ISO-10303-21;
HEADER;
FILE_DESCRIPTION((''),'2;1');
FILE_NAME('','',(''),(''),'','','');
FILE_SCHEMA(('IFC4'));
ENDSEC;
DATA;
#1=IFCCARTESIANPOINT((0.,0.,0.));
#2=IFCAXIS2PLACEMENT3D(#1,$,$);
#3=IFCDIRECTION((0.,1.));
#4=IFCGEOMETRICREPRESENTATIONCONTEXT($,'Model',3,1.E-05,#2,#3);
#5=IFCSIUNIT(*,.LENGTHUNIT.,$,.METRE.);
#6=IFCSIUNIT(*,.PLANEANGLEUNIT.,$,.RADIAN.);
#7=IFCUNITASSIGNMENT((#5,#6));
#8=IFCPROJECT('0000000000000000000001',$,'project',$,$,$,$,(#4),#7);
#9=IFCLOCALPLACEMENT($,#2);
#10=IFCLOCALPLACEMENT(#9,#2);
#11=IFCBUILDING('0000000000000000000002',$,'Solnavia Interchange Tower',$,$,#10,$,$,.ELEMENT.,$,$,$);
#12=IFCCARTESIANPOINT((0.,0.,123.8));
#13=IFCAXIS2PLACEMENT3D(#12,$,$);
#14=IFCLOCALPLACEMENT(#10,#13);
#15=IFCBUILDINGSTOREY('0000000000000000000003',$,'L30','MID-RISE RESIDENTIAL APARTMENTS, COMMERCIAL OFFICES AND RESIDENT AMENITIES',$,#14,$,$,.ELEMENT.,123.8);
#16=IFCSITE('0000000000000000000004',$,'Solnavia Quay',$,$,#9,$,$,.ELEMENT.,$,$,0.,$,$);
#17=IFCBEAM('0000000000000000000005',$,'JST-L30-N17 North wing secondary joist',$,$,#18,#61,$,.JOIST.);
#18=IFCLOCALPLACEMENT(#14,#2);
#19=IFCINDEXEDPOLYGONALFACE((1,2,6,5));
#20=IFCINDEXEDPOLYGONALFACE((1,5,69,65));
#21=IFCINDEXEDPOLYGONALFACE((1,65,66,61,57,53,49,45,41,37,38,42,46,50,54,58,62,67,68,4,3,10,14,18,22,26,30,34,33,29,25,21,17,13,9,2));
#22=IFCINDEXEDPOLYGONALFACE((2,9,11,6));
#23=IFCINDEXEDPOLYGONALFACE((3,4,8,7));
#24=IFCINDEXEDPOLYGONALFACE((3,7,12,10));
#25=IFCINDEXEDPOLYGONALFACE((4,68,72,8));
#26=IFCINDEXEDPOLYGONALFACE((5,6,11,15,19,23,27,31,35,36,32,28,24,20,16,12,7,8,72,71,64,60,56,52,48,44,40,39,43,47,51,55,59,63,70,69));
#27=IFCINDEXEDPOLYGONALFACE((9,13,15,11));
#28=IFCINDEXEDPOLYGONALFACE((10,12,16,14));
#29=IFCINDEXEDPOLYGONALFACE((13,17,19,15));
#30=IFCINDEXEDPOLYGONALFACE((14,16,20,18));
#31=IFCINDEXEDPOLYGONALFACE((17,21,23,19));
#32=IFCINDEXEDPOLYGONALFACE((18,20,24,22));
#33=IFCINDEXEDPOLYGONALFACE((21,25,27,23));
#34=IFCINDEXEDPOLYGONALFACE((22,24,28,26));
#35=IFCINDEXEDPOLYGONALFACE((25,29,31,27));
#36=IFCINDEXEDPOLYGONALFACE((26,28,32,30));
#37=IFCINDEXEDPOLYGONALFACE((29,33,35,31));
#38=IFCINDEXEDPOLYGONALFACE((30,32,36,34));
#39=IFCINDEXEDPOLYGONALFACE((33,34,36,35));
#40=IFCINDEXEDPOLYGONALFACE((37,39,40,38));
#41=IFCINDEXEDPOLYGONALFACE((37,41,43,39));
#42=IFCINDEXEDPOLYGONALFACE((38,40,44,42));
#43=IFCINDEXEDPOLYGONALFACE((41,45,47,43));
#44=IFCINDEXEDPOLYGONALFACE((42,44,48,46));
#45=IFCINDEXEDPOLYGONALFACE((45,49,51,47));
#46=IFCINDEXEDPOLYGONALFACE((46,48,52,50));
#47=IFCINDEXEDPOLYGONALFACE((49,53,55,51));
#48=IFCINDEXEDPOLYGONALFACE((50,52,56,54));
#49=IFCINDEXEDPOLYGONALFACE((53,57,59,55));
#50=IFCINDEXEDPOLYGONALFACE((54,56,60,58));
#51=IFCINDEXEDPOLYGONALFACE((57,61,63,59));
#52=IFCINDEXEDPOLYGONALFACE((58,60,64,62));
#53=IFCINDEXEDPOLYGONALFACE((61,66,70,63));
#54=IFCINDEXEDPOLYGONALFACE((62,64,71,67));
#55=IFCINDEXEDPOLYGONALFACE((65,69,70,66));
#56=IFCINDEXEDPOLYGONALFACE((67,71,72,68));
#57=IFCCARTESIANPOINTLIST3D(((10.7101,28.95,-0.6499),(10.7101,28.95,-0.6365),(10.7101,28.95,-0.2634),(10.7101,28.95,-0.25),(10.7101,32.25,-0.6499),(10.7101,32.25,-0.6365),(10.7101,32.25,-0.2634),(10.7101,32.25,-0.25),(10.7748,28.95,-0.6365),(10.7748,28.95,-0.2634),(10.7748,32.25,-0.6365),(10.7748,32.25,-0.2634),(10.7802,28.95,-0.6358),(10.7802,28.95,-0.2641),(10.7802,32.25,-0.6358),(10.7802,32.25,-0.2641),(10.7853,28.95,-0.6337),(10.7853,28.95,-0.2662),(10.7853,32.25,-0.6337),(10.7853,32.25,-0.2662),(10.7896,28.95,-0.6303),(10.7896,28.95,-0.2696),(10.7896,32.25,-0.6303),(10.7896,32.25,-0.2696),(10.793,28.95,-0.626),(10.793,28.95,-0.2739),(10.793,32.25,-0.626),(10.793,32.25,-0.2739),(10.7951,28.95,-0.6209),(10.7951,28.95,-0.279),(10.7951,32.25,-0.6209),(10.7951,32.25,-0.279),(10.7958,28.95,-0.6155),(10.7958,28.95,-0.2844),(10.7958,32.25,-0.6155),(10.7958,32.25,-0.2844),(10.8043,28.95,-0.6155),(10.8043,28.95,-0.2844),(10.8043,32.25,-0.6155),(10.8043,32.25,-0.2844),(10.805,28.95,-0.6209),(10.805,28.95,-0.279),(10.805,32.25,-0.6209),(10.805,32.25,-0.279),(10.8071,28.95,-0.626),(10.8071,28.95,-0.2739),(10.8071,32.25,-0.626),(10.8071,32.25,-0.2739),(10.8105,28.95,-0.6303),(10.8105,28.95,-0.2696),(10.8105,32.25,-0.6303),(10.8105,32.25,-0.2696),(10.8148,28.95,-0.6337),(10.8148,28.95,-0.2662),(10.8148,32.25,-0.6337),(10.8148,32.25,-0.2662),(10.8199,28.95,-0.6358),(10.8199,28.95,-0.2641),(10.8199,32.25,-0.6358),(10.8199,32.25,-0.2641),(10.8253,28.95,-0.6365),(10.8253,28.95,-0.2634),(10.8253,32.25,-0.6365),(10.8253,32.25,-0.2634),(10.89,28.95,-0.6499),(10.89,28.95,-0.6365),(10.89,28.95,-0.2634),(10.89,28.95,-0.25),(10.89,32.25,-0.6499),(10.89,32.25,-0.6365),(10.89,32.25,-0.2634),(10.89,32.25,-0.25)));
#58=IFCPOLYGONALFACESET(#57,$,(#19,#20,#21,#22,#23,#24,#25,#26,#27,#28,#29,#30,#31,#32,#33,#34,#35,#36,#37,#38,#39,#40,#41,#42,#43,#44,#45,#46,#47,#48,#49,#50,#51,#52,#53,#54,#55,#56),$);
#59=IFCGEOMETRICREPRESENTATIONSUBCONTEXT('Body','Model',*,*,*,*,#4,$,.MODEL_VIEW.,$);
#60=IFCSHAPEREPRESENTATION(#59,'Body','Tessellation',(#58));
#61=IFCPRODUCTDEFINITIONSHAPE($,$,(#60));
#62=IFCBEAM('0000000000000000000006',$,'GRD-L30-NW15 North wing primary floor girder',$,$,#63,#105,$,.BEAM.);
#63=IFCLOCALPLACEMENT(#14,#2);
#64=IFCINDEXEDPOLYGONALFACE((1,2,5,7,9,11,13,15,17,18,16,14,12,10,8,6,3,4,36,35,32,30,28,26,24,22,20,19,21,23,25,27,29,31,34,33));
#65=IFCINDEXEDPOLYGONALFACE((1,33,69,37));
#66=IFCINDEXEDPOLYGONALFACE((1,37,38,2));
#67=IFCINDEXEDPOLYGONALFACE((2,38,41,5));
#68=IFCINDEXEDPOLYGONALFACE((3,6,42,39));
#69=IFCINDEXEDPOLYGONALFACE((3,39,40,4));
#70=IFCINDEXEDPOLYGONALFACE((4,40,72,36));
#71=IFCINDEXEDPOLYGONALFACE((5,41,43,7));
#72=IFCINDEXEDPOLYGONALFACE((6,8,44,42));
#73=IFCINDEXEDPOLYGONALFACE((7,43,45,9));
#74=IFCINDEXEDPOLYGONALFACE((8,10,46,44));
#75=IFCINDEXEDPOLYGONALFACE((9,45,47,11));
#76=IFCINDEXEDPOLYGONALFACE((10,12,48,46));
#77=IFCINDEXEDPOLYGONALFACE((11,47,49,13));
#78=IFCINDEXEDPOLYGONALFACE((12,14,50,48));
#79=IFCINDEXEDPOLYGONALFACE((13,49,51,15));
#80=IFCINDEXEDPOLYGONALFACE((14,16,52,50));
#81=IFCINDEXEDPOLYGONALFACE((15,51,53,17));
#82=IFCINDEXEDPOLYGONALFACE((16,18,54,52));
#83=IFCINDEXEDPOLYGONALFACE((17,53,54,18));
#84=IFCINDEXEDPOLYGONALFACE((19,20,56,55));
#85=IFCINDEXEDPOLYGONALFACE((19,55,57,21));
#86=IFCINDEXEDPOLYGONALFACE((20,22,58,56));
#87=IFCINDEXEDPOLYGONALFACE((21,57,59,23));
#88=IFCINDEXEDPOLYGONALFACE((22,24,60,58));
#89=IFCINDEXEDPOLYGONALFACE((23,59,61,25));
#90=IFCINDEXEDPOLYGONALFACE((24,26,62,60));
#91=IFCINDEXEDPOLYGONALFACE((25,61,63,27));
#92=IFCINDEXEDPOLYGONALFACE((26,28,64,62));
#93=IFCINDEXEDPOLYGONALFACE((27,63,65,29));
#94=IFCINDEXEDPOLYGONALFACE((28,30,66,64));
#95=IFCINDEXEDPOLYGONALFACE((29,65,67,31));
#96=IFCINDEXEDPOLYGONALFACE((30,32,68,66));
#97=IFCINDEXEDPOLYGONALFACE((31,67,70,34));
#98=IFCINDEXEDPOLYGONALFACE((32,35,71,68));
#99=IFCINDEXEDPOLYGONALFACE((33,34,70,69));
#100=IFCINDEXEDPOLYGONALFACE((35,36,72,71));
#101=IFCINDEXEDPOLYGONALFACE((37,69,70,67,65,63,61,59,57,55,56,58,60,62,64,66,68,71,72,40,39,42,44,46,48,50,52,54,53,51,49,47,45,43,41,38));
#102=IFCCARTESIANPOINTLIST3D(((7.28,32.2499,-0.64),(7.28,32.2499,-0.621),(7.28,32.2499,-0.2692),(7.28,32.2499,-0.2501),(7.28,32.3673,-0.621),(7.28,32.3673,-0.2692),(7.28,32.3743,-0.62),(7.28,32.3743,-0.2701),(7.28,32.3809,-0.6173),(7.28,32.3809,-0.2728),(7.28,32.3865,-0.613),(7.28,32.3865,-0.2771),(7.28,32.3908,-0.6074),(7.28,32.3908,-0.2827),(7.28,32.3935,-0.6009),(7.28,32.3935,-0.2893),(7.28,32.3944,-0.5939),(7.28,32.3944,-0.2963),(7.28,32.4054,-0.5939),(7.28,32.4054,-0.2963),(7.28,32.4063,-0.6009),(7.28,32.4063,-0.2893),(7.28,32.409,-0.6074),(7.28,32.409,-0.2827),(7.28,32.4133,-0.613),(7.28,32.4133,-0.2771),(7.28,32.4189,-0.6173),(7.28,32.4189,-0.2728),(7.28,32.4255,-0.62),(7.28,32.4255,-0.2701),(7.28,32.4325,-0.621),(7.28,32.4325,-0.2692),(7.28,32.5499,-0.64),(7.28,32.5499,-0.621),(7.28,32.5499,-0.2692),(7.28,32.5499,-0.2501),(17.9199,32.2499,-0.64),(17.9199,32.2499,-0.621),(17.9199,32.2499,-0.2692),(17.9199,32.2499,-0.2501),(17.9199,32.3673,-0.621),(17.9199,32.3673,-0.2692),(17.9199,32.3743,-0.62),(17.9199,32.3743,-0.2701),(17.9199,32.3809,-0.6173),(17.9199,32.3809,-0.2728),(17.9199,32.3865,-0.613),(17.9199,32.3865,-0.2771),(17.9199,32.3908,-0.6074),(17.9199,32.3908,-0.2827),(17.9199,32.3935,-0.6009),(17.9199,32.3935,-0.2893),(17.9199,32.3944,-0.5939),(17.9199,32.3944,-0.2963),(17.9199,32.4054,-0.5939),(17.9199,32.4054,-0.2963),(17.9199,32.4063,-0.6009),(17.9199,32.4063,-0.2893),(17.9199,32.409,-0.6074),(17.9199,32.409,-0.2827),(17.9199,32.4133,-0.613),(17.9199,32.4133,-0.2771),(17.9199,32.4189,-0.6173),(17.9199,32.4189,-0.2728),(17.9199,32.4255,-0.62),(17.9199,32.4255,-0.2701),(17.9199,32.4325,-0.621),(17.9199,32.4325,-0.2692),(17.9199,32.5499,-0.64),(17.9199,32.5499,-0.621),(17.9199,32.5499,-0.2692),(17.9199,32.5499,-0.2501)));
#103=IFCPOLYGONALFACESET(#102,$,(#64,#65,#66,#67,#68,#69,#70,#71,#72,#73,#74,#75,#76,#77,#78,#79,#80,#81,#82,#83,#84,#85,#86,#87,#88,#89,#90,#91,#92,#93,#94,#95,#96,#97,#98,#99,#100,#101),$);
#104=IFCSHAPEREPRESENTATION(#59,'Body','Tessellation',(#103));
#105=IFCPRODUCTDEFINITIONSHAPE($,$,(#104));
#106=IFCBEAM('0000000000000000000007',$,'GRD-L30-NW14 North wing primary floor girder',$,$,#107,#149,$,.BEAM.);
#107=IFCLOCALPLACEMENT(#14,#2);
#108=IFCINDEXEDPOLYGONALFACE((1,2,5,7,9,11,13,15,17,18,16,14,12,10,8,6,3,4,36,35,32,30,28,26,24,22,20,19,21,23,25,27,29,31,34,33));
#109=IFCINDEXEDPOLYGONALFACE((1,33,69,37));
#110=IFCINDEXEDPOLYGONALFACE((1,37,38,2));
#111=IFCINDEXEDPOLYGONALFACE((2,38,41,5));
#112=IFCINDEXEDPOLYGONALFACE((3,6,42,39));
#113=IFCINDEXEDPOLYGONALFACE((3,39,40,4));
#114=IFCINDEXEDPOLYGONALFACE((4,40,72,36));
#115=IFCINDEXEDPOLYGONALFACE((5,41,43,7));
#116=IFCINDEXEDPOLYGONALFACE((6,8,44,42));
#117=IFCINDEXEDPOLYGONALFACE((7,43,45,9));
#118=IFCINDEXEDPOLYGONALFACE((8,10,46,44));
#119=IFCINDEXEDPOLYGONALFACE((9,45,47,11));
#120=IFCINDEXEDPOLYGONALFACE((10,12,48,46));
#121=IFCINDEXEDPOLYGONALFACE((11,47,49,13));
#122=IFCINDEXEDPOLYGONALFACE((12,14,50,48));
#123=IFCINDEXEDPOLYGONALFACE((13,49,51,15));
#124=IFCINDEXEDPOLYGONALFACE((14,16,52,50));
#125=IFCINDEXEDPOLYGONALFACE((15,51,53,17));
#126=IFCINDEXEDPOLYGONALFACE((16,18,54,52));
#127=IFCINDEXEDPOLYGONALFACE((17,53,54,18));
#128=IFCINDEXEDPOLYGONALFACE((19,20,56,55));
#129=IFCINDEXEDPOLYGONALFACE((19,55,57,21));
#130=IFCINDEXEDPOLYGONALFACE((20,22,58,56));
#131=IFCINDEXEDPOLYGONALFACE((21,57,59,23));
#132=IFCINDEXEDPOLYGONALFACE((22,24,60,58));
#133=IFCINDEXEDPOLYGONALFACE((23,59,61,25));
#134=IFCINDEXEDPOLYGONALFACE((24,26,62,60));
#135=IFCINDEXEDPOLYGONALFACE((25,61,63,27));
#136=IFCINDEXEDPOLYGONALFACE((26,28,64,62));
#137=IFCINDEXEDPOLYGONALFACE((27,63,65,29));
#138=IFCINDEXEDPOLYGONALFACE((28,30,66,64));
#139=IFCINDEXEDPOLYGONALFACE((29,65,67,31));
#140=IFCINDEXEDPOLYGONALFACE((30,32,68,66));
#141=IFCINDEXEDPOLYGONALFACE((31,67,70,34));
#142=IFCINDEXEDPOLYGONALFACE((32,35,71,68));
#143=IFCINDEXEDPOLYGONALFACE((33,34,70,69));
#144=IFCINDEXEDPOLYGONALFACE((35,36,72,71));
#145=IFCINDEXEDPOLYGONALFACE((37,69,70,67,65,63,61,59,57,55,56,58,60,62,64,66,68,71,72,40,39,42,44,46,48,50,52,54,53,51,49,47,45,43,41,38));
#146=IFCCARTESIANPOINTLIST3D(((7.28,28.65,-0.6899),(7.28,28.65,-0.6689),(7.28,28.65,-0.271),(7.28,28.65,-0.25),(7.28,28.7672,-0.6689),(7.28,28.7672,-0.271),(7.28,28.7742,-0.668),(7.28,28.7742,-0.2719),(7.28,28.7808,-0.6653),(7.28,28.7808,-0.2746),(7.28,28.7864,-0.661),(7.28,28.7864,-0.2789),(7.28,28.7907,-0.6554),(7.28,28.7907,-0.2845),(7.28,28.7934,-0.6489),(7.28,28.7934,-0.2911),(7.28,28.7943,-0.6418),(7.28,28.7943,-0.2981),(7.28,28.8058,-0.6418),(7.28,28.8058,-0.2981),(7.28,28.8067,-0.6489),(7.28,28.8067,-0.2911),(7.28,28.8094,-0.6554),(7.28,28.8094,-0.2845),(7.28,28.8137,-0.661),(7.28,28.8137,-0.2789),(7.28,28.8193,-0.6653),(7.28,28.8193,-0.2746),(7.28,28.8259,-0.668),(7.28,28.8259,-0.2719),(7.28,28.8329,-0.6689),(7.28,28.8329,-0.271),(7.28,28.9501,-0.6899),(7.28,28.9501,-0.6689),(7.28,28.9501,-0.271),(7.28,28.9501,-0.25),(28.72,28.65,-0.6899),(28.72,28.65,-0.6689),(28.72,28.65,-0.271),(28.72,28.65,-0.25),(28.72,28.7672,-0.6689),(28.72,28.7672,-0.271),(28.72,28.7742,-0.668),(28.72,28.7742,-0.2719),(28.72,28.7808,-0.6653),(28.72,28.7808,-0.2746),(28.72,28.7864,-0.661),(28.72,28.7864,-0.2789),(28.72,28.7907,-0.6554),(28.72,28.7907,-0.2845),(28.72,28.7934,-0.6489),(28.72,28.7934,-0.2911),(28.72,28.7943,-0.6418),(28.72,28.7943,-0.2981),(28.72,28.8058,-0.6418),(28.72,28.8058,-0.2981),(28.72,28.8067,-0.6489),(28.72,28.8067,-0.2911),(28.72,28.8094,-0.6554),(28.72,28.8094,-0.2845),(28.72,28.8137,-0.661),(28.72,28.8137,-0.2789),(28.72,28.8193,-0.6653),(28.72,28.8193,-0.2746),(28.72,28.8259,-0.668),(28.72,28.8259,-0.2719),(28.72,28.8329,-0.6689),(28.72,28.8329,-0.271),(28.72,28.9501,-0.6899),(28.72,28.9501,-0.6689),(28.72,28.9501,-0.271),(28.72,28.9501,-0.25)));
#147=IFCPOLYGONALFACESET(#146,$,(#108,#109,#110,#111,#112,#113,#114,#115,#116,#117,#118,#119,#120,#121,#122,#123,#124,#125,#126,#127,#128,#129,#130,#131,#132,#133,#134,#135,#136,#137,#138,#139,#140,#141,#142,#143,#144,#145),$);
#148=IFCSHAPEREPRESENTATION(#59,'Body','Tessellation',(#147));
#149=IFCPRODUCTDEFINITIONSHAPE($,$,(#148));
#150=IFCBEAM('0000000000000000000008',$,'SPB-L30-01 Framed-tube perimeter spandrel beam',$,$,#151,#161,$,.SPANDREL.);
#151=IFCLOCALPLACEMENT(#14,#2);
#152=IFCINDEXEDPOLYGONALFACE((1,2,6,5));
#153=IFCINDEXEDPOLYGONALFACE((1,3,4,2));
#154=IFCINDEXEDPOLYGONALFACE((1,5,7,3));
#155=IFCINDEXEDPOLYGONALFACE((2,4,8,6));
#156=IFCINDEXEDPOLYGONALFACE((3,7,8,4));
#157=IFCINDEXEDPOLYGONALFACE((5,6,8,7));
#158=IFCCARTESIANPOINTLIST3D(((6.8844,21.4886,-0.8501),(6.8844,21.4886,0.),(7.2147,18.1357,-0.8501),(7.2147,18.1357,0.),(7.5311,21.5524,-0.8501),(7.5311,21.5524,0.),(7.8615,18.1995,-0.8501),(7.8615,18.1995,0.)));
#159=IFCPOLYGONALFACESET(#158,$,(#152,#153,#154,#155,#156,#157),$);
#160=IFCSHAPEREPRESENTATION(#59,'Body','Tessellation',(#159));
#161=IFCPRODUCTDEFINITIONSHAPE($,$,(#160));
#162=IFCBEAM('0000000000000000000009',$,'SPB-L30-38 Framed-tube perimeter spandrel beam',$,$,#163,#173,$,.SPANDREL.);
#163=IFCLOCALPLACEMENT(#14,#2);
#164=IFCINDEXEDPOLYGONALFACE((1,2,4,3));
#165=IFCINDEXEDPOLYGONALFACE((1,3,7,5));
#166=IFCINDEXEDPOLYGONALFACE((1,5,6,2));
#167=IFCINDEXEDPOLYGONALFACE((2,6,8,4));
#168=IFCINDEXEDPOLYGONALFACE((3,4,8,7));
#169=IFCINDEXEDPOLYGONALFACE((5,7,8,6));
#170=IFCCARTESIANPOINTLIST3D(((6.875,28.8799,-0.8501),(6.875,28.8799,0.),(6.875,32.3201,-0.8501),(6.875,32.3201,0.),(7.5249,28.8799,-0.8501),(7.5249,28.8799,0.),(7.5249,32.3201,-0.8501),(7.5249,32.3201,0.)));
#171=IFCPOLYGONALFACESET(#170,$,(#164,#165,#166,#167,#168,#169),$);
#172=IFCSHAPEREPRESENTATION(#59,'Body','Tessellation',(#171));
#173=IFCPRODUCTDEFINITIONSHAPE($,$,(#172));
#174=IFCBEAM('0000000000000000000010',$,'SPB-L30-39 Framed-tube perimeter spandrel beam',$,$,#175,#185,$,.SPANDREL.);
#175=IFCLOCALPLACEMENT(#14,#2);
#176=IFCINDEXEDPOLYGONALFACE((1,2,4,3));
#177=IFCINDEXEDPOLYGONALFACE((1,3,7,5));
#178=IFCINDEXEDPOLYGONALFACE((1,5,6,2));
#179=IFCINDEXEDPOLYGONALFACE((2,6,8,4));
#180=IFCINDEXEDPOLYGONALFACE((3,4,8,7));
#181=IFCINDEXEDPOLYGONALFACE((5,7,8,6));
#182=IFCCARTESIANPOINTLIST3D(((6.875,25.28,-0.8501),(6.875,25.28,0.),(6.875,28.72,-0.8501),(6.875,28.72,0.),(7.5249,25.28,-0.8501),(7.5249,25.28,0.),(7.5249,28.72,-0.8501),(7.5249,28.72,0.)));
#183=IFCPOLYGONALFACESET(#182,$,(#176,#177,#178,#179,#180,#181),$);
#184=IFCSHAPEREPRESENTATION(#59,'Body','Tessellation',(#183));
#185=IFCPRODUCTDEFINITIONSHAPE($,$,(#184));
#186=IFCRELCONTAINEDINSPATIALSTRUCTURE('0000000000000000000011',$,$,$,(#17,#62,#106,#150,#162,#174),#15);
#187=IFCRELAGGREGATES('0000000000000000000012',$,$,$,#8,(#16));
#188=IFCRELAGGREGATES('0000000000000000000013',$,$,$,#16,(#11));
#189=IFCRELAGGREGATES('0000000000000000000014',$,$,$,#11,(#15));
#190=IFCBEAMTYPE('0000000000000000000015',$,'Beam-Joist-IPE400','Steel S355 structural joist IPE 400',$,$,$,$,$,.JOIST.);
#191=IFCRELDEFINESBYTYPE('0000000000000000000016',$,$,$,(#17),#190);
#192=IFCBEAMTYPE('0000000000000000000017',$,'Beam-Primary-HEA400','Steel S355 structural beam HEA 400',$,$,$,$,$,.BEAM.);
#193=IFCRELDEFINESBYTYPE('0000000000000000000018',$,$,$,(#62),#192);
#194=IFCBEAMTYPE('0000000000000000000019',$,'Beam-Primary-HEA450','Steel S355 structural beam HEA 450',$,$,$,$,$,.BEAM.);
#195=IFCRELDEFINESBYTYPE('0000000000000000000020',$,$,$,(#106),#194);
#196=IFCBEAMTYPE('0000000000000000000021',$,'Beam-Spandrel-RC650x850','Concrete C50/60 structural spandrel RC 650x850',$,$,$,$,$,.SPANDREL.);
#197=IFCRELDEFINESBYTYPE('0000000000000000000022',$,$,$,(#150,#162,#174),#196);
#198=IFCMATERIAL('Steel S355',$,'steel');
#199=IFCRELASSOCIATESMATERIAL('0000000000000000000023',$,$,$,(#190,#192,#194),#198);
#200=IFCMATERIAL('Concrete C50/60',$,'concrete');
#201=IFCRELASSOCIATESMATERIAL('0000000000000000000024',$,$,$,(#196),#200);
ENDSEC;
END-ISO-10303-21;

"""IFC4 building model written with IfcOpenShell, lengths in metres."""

from ifc_helpers import new_model, si_unit, direction, frame, origin, origin_2d, place, context, subcontext, project, spatial, rectangle, i_section, extrude, material, material_profile, profile_set, type_object, element, save


model = new_model("IFC4")

# Units and contexts
model_context = context("Model", 3, precision=1e-05, world=origin(), true_north=direction((0.0, 1.0)))
body_context = subcontext(model_context, "Body", "Model", "MODEL_VIEW")
ifc_project = project(units=[si_unit("LENGTHUNIT", "METRE"), si_unit("PLANEANGLEUNIT", "RADIAN")], contexts=[model_context])

# Site, building, storey
site_placement = place(None, origin())
site = spatial("IfcSite", under=ifc_project, at=site_placement, Name="Solnavia Quay", CompositionType="ELEMENT", RefElevation=0.0)
building_placement = place(site_placement, origin())
building = spatial("IfcBuilding", under=site, at=building_placement, Name="Solnavia Interchange Tower", CompositionType="ELEMENT")
storey_placement = place(building_placement, frame((0.0, 0.0, 123.8)))
storey = spatial("IfcBuildingStorey", under=building, at=storey_placement, Name="L30", Description="MID-RISE RESIDENTIAL APARTMENTS, COMMERCIAL OFFICES AND RESIDENT AMENITIES", CompositionType="ELEMENT", Elevation=123.8)

# Shared definitions
ifc_material_1 = material(Name="Concrete C50/60", Category="concrete")
ifc_material_2 = material(Name="Steel S355", Category="steel")

# Beams
ifc_material_profile_1 = material_profile(ifc_material_2, i_section(OverallWidth=0.1799, OverallDepth=0.3999, WebThickness=0.0085, FlangeThickness=0.0134, FilletRadius=0.021, at=origin_2d()), Name="IPE 400")
ifc_profile_set_1 = profile_set([ifc_material_profile_1], Name="Steel S355")
beam_type_1 = type_object("IfcBeamType", Name="Beam-Joist-IPE400", Description="Steel S355 structural joist IPE 400", PredefinedType="JOIST", material=ifc_profile_set_1)
beam_1_placement = place(storey_placement, frame((10.8, 28.95, -0.45), z_axis=(0.0, 1.0, 0.0), x_axis=(-1.0, 0.0, 0.0)))
element("IfcBeam", 1, at=beam_1_placement, inside=storey, type_object=beam_type_1, Name="JST-L30-N17 North wing secondary joist", PredefinedType="JOIST", context=body_context, shape_type="SweptSolid", body=[
    extrude(i_section(OverallWidth=0.1799, OverallDepth=0.3999, WebThickness=0.0085, FlangeThickness=0.0134, FilletRadius=0.021, at=origin_2d()), origin(), (0.0, 0.0, 1.0), 3.3),
])
ifc_material_profile_2 = material_profile(ifc_material_2, i_section(OverallWidth=0.3, OverallDepth=0.3899, WebThickness=0.011, FlangeThickness=0.019, FilletRadius=0.0271, at=origin_2d()), Name="HEA 400")
ifc_profile_set_2 = profile_set([ifc_material_profile_2], Name="Steel S355")
beam_type_2 = type_object("IfcBeamType", Name="Beam-Primary-HEA400", Description="Steel S355 structural beam HEA 400", PredefinedType="BEAM", material=ifc_profile_set_2)
beam_2_placement = place(storey_placement, frame((7.28, 32.3999, -0.4451), z_axis=(1.0, 0.0, 0.0), x_axis=(0.0, 1.0, 0.0)))
element("IfcBeam", 2, at=beam_2_placement, inside=storey, type_object=beam_type_2, Name="GRD-L30-NW15 North wing primary floor girder", PredefinedType="BEAM", context=body_context, shape_type="SweptSolid", body=[
    extrude(i_section(OverallWidth=0.3, OverallDepth=0.3899, WebThickness=0.011, FlangeThickness=0.019, FilletRadius=0.0271, at=origin_2d()), origin(), (0.0, 0.0, 1.0), 10.6399),
])
ifc_material_profile_3 = material_profile(ifc_material_2, i_section(OverallWidth=0.3, OverallDepth=0.4399, WebThickness=0.0115, FlangeThickness=0.021, FilletRadius=0.0271, at=origin_2d()), Name="HEA 450")
ifc_profile_set_3 = profile_set([ifc_material_profile_3], Name="Steel S355")
beam_type_3 = type_object("IfcBeamType", Name="Beam-Primary-HEA450", Description="Steel S355 structural beam HEA 450", PredefinedType="BEAM", material=ifc_profile_set_3)
beam_3_placement = place(storey_placement, frame((7.28, 28.8, -0.47), z_axis=(1.0, 0.0, 0.0), x_axis=(0.0, 1.0, 0.0)))
element("IfcBeam", 3, at=beam_3_placement, inside=storey, type_object=beam_type_3, Name="GRD-L30-NW14 North wing primary floor girder", PredefinedType="BEAM", context=body_context, shape_type="SweptSolid", body=[
    extrude(i_section(OverallWidth=0.3, OverallDepth=0.4399, WebThickness=0.0115, FlangeThickness=0.021, FilletRadius=0.0271, at=origin_2d()), origin(), (0.0, 0.0, 1.0), 21.4399),
])
ifc_material_profile_4 = material_profile(ifc_material_1, rectangle(XDim=0.6499, YDim=0.8501, at=origin_2d()), Name="RC 650x850")
ifc_profile_set_4 = profile_set([ifc_material_profile_4], Name="Concrete C50/60")
beam_type_4 = type_object("IfcBeamType", Name="Beam-Spandrel-RC650x850", Description="Concrete C50/60 structural spandrel RC 650x850", PredefinedType="SPANDREL", material=ifc_profile_set_4)
beam_4_placement = place(storey_placement, frame((7.2078, 21.5205, -0.425), z_axis=(0.09804, -0.995182, 0.0), x_axis=(0.995182, 0.09804, 0.0)))
element("IfcBeam", 4, at=beam_4_placement, inside=storey, type_object=beam_type_4, Name="SPB-L30-01 Framed-tube perimeter spandrel beam", PredefinedType="SPANDREL", context=body_context, shape_type="SweptSolid", body=[
    extrude(rectangle(XDim=0.6499, YDim=0.8501, at=origin_2d()), origin(), (0.0, 0.0, 1.0), 3.3691),
])
beam_5_placement = place(storey_placement, frame((7.2, 32.3201, -0.425), z_axis=(0.0, -1.0, 0.0), x_axis=(1.0, 0.0, 0.0)))
element("IfcBeam", 5, at=beam_5_placement, inside=storey, type_object=beam_type_4, Name="SPB-L30-38 Framed-tube perimeter spandrel beam", PredefinedType="SPANDREL", context=body_context, shape_type="SweptSolid", body=[
    extrude(rectangle(XDim=0.6499, YDim=0.8501, at=origin_2d()), origin(), (0.0, 0.0, 1.0), 3.4402),
])
beam_6_placement = place(storey_placement, frame((7.2, 28.72, -0.425), z_axis=(0.0, -1.0, 0.0), x_axis=(1.0, 0.0, 0.0)))
element("IfcBeam", 6, at=beam_6_placement, inside=storey, type_object=beam_type_4, Name="SPB-L30-39 Framed-tube perimeter spandrel beam", PredefinedType="SPANDREL", context=body_context, shape_type="SweptSolid", body=[
    extrude(rectangle(XDim=0.6499, YDim=0.8501, at=origin_2d()), origin(), (0.0, 0.0, 1.0), 3.4399),
])

save(model, "model.ifc")
